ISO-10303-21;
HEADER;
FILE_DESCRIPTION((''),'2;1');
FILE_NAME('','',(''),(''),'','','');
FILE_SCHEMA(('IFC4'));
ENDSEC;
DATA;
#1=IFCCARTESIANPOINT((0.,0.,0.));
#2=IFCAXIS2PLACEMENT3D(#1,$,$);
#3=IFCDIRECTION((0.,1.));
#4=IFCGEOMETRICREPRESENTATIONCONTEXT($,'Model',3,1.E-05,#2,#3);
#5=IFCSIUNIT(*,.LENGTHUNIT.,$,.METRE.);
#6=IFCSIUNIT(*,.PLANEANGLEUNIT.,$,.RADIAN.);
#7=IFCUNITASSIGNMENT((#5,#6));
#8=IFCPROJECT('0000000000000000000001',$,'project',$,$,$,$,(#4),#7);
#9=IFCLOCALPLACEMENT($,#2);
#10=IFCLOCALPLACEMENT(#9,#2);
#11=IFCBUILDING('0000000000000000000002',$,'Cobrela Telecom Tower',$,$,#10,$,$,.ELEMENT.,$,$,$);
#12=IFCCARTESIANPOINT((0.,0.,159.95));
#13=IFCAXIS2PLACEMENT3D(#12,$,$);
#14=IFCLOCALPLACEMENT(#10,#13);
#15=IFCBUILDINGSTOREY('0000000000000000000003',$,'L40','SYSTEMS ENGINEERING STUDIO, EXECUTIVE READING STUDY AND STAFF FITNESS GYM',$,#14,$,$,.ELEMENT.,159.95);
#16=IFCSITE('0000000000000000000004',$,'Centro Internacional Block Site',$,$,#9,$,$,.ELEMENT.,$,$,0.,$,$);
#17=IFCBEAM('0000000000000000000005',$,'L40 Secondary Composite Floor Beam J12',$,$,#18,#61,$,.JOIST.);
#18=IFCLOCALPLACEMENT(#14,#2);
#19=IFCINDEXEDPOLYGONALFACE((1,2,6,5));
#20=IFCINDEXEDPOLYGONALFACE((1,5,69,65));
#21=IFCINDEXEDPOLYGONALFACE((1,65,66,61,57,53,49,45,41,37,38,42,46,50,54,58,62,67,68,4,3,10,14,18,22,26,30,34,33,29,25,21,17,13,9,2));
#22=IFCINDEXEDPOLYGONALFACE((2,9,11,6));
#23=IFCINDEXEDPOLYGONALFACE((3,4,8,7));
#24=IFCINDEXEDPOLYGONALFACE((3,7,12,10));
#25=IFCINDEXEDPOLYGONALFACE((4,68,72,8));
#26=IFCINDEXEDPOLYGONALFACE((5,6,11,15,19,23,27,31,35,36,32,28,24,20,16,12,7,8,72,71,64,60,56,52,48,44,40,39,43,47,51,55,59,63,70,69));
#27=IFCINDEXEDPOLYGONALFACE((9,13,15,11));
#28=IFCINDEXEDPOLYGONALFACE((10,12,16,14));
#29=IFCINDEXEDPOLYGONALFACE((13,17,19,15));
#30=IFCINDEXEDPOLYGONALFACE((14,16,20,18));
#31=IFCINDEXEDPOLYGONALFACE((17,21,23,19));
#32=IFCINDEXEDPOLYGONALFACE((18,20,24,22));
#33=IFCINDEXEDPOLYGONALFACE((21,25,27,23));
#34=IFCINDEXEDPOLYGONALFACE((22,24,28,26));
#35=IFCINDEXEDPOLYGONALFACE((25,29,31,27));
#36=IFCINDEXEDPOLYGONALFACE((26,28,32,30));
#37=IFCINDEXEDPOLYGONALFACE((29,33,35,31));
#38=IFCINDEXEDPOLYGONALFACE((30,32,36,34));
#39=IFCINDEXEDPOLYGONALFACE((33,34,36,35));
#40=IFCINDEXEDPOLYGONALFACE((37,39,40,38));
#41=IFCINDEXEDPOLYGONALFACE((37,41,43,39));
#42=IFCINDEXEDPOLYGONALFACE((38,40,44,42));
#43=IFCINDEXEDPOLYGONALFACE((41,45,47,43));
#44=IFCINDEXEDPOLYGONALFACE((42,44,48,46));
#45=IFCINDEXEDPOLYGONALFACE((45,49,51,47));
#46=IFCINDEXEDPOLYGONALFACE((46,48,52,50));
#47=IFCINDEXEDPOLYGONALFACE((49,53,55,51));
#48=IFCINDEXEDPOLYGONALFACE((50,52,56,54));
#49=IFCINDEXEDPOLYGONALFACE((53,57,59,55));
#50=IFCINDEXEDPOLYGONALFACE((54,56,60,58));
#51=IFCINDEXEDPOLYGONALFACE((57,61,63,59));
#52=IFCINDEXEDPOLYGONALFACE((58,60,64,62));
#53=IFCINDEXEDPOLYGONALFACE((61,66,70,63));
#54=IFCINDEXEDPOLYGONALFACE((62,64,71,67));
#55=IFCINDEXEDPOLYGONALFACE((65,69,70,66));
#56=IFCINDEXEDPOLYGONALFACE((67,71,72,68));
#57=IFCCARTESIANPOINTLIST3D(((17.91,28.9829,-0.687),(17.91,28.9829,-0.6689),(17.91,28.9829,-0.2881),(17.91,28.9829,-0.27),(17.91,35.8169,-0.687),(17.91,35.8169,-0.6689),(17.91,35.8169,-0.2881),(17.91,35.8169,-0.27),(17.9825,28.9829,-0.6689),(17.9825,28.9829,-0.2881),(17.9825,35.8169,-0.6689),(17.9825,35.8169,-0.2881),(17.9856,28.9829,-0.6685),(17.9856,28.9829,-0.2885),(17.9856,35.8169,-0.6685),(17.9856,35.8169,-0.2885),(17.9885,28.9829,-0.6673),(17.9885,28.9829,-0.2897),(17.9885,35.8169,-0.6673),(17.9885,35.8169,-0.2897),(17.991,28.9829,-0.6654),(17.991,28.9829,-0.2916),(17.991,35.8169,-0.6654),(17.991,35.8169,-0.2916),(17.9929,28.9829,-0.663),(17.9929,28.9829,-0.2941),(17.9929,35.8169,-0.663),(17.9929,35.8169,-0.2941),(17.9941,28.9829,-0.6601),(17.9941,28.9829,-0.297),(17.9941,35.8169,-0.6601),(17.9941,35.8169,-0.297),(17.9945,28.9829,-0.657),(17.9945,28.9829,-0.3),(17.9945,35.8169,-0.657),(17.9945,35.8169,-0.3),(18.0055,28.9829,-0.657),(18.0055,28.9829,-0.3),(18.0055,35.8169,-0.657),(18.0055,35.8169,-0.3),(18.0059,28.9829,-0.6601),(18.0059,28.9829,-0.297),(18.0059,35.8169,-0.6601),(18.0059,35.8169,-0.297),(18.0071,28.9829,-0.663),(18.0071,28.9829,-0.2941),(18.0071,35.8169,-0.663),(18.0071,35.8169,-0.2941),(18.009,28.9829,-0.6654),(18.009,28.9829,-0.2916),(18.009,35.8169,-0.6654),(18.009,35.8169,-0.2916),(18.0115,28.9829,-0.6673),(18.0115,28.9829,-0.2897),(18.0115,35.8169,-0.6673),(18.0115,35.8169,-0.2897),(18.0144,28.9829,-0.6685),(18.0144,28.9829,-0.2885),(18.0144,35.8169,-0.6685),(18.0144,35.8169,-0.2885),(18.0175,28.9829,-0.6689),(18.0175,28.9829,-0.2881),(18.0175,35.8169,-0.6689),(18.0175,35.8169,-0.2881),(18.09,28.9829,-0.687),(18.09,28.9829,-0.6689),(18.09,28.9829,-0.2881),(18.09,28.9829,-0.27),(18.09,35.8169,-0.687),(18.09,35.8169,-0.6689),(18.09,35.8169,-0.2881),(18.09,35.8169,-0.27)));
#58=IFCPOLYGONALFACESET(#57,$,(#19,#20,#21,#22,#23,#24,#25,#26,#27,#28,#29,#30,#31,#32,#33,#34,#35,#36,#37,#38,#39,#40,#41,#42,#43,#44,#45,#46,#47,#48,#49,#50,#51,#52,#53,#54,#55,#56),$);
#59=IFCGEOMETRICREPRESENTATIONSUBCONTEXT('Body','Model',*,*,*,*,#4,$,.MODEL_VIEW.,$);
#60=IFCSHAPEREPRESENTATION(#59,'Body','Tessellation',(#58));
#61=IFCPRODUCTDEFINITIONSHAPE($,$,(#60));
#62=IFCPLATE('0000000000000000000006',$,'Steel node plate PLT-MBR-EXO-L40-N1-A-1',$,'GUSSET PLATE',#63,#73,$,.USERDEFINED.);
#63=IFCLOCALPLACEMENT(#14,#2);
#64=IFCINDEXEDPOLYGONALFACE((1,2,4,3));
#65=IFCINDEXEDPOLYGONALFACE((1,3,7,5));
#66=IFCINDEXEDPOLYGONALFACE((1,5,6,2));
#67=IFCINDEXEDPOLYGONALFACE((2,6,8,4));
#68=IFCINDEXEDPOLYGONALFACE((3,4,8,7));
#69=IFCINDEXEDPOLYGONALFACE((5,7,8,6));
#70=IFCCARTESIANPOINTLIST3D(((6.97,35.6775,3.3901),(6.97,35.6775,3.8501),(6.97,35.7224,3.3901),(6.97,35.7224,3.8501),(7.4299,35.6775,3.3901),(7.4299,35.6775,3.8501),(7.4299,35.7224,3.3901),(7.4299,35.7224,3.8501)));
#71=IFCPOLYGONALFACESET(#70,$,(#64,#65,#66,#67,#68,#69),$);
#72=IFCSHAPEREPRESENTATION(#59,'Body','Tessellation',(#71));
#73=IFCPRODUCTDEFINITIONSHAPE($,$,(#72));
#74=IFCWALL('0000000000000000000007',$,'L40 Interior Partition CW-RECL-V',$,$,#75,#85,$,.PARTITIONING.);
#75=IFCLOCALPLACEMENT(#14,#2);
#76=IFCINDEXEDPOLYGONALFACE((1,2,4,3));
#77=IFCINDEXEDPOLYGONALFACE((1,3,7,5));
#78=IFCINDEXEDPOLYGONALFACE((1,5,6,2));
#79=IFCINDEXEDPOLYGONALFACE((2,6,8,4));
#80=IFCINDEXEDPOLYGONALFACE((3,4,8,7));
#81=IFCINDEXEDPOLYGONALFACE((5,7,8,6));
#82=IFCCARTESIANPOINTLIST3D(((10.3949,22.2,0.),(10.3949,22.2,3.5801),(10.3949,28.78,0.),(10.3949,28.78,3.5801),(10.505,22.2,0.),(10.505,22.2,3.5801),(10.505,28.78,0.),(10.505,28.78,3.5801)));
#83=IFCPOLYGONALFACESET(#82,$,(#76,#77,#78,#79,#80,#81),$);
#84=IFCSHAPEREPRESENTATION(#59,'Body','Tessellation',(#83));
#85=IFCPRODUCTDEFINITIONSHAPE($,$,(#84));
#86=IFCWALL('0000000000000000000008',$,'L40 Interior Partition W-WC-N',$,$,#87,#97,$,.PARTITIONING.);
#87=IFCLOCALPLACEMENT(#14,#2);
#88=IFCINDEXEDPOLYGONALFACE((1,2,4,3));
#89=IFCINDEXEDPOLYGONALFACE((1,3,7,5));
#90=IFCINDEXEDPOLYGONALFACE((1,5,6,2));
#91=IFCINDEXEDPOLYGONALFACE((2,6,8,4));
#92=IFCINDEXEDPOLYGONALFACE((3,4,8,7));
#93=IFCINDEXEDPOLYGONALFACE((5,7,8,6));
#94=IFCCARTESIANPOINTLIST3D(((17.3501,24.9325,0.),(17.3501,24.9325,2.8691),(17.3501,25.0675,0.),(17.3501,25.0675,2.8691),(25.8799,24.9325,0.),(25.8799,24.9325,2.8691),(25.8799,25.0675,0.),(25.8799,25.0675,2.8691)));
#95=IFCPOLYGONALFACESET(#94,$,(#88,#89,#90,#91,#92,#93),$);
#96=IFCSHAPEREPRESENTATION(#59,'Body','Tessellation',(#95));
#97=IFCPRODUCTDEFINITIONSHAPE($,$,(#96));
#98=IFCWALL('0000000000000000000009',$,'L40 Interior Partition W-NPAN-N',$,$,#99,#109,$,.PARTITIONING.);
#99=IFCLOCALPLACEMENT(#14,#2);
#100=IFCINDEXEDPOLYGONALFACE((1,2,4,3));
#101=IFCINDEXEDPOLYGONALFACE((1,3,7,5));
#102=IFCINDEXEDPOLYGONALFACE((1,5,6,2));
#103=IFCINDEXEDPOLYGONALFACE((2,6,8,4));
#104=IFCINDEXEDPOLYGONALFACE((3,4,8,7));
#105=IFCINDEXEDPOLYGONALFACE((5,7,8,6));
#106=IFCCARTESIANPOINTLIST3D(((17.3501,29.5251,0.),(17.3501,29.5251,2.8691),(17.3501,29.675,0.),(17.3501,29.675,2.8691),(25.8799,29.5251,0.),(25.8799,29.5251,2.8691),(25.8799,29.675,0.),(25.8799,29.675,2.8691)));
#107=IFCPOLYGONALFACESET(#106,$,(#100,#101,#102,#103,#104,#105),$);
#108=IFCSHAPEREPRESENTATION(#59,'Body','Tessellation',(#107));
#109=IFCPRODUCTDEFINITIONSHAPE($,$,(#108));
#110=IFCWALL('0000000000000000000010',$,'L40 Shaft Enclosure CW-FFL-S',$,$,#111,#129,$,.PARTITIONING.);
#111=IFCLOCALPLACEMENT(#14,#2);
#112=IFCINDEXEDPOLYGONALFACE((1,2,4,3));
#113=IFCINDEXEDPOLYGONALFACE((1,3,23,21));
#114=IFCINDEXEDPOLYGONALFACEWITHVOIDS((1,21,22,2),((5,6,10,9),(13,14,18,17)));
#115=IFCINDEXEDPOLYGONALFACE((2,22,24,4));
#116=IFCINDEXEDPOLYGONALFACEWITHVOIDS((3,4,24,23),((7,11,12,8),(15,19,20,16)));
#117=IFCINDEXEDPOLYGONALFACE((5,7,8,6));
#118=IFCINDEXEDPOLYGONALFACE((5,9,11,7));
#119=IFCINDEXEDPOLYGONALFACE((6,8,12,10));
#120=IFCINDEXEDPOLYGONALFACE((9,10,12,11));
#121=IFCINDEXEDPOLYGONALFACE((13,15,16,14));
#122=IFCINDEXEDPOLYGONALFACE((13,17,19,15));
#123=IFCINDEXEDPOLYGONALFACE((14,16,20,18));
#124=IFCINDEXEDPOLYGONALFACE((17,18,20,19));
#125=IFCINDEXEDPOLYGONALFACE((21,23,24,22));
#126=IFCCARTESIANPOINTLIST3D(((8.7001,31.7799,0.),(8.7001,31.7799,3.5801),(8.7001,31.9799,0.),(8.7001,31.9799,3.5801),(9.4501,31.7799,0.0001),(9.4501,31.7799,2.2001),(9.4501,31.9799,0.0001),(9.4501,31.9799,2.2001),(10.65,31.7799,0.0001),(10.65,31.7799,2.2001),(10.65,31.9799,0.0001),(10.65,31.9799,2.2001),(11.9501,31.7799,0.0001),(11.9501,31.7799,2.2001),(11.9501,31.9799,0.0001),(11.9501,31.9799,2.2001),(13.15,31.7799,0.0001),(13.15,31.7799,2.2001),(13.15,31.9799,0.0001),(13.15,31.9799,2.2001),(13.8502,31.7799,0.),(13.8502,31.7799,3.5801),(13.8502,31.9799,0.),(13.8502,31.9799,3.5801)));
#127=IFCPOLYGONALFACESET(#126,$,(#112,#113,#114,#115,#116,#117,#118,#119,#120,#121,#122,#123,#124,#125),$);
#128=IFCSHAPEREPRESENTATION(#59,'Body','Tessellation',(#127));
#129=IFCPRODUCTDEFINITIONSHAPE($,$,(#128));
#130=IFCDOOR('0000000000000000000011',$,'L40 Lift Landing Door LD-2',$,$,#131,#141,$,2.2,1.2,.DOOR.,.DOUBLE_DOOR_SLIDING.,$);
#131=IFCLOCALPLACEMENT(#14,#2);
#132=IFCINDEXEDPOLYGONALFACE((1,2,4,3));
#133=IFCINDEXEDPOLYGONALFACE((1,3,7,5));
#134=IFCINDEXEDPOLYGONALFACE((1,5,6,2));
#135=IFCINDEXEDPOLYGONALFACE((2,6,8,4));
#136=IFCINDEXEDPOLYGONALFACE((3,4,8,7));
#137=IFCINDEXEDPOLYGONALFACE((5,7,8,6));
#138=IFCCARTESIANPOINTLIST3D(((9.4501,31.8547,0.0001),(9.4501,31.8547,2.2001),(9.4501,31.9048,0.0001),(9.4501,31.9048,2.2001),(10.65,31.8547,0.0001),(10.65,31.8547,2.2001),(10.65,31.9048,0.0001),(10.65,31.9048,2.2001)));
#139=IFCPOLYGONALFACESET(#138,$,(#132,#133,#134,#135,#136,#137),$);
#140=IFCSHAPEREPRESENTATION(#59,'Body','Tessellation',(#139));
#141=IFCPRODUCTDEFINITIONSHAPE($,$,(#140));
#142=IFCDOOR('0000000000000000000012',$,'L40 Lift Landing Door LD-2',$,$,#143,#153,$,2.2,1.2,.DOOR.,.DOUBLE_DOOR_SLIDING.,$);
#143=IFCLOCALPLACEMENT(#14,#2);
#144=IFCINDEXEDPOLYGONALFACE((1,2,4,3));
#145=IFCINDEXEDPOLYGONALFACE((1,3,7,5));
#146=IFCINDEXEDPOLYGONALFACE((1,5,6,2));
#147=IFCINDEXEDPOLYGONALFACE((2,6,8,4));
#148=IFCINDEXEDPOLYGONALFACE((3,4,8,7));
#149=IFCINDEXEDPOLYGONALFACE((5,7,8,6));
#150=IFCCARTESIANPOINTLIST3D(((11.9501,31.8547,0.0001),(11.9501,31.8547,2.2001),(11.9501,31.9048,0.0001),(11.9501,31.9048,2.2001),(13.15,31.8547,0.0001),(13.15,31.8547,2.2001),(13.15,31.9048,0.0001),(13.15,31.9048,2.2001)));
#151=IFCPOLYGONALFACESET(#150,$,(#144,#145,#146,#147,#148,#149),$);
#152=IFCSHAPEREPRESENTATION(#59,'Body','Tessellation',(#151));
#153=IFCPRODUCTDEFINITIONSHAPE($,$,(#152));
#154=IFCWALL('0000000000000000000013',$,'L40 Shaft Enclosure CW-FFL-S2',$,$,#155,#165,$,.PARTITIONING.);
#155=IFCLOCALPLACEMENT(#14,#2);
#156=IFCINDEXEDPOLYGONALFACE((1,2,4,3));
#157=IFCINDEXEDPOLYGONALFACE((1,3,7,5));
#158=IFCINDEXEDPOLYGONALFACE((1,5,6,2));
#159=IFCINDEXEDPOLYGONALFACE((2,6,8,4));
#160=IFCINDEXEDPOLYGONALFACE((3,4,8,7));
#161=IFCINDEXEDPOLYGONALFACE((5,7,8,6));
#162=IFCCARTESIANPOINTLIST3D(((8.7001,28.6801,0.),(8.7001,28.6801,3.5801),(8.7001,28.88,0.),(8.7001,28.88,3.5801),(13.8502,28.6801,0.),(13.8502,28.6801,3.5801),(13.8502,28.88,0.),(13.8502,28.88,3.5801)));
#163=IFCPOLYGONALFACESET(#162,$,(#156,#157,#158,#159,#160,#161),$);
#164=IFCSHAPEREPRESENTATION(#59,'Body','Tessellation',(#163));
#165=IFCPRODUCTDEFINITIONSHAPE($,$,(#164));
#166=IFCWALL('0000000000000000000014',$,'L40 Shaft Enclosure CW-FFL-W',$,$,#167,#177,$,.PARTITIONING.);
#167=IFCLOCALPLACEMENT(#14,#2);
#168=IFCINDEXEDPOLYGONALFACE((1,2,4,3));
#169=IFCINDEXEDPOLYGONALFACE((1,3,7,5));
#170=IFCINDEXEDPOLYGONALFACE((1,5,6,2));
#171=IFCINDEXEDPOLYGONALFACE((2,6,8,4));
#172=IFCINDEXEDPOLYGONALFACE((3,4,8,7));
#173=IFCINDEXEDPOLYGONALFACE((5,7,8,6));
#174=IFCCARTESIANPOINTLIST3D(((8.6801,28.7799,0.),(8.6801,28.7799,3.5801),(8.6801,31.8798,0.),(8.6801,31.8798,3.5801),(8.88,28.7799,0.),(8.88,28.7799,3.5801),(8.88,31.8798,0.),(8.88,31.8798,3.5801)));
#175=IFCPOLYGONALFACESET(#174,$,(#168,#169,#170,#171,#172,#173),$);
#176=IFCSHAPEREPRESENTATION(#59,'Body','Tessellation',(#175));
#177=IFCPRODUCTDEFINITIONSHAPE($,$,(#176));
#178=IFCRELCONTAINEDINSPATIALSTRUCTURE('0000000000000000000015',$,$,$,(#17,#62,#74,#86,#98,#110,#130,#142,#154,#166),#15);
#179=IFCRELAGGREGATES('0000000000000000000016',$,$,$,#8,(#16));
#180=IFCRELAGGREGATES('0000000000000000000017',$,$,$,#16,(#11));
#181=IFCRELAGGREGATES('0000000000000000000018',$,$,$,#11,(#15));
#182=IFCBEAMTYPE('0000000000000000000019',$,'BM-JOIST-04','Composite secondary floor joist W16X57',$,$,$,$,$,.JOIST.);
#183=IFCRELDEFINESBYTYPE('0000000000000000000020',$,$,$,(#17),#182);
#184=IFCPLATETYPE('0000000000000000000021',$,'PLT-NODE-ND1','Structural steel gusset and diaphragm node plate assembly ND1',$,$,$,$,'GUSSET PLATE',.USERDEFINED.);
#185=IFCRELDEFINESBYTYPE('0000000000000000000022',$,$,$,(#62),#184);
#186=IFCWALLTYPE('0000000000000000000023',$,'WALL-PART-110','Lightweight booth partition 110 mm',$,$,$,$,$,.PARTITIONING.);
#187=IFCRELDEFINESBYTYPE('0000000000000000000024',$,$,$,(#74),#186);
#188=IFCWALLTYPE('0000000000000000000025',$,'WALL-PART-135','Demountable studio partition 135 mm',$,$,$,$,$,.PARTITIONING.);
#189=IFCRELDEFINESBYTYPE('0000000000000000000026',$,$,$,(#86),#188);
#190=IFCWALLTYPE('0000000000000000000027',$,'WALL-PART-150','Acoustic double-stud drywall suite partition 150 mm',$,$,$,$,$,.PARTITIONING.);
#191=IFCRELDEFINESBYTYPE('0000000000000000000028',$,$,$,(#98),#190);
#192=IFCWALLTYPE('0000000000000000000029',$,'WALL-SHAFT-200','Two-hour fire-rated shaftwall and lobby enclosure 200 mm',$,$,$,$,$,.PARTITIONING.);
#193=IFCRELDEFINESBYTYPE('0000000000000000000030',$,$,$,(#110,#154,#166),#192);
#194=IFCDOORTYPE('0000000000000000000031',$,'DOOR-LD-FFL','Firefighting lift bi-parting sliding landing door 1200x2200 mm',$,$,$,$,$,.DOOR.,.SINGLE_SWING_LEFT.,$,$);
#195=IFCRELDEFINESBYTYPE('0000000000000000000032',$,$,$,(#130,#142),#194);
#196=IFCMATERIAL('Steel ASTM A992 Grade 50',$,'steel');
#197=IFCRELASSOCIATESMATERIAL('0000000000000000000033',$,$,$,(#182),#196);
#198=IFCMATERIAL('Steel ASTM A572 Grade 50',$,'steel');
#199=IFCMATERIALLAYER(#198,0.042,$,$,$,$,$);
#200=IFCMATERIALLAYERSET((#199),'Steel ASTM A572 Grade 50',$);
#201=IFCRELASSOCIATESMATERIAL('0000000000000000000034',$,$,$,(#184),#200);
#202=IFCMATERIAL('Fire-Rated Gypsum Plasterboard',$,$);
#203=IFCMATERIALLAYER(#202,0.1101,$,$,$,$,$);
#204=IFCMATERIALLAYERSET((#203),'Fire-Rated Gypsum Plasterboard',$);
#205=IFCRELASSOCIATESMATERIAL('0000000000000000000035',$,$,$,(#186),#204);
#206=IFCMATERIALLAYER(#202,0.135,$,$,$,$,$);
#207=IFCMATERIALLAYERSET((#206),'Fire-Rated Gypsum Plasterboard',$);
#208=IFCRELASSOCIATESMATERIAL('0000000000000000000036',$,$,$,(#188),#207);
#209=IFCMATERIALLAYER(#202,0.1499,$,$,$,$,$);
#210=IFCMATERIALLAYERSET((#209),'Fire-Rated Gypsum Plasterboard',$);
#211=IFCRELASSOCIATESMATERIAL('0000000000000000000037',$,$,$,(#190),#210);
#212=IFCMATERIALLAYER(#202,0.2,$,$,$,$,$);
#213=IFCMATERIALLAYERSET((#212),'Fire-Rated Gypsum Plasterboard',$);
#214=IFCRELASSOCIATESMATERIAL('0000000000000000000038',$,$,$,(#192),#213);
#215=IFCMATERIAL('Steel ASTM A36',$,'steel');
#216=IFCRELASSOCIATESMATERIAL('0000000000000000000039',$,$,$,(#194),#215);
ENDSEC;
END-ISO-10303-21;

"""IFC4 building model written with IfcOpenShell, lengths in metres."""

from ifc_helpers import new_model, si_unit, direction, frame, frame_2d, origin, origin_2d, place, context, subcontext, project, spatial, rectangle, i_section, extrude, material, layer, layer_set, material_profile, profile_set, type_object, element, fill, save


model = new_model("IFC4")

# Units and contexts
model_context = context("Model", 3, precision=1e-05, world=origin(), true_north=direction((0.0, 1.0)))
body_context = subcontext(model_context, "Body", "Model", "MODEL_VIEW")
ifc_project = project(units=[si_unit("LENGTHUNIT", "METRE"), si_unit("PLANEANGLEUNIT", "RADIAN")], contexts=[model_context])

# Site, building, storey
site_placement = place(None, origin())
site = spatial("IfcSite", under=ifc_project, at=site_placement, Name="Centro Internacional Block Site", CompositionType="ELEMENT", RefElevation=0.0)
building_placement = place(site_placement, origin())
building = spatial("IfcBuilding", under=site, at=building_placement, Name="Cobrela Telecom Tower", CompositionType="ELEMENT")
storey_placement = place(building_placement, frame((0.0, 0.0, 159.95)))
storey = spatial("IfcBuildingStorey", under=building, at=storey_placement, Name="L40", Description="SYSTEMS ENGINEERING STUDIO, EXECUTIVE READING STUDY AND STAFF FITNESS GYM", CompositionType="ELEMENT", Elevation=159.95)

# Beam
ifc_material_1 = material(Name="Steel ASTM A992 Grade 50", Category="steel")
ifc_material_profile_1 = material_profile(ifc_material_1, i_section(OverallWidth=0.1799, OverallDepth=0.417, WebThickness=0.011, FlangeThickness=0.0181, FilletRadius=0.012, at=origin_2d()), Name="W16X57")
ifc_profile_set_1 = profile_set([ifc_material_profile_1], Name="Steel ASTM A992 Grade 50")
beam_type_1 = type_object("IfcBeamType", Name="BM-JOIST-04", Description="Composite secondary floor joist W16X57", PredefinedType="JOIST", material=ifc_profile_set_1)
for number, where, z_axis, x_axis, name in (
    (1, (18.0, 28.9829, -0.4785), (0.0, 1.0, 0.0), (-1.0, 0.0, 0.0), "L40 Secondary Composite Floor Beam J12"),
):
    element("IfcBeam", number, at=place(storey_placement, frame(where, z_axis=z_axis, x_axis=x_axis)), inside=storey, type_object=beam_type_1, Name=name, PredefinedType="JOIST", context=body_context, shape_type="SweptSolid", body=[
        extrude(i_section(OverallWidth=0.1799, OverallDepth=0.417, WebThickness=0.011, FlangeThickness=0.0181, FilletRadius=0.012, at=origin_2d()), origin(), (0.0, 0.0, 1.0), 6.834),
    ])

# Plate
ifc_material_2 = material(Name="Steel ASTM A572 Grade 50", Category="steel")
ifc_layer_1 = layer(ifc_material_2, 0.042)
ifc_layer_set_1 = layer_set([ifc_layer_1], Name="Steel ASTM A572 Grade 50")
plate_type = type_object("IfcPlateType", Name="PLT-NODE-ND1", Description="Structural steel gusset and diaphragm node plate assembly ND1", ElementType="GUSSET PLATE", PredefinedType="USERDEFINED", material=ifc_layer_set_1)
plate_placement = place(storey_placement, frame((7.2, 35.7, 3.3901), z_axis=(0.0, 0.0, 1.0), x_axis=(1.0, 0.0, 0.0)))
element("IfcPlate", 2, at=plate_placement, inside=storey, type_object=plate_type, Name="Steel node plate PLT-MBR-EXO-L40-N1-A-1", ObjectType="GUSSET PLATE", PredefinedType="USERDEFINED", context=body_context, shape_type="SweptSolid", body=[
    extrude(rectangle(XDim=0.46, YDim=0.0449, at=origin_2d()), origin(), (0.0, 0.0, 1.0), 0.46),
])

# Shared definitions
ifc_material_3 = material(Name="Steel ASTM A36", Category="steel")

# Walls
ifc_material_4 = material(Name="Fire-Rated Gypsum Plasterboard")
ifc_layer_2 = layer(ifc_material_4, 0.1101)
ifc_layer_set_2 = layer_set([ifc_layer_2], Name="Fire-Rated Gypsum Plasterboard")
wall_type_1 = type_object("IfcWallType", Name="WALL-PART-110", Description="Lightweight booth partition 110 mm", PredefinedType="PARTITIONING", material=ifc_layer_set_2)
wall_1_placement = place(storey_placement, frame((10.45, 22.2, 0.0), z_axis=(0.0, 0.0, 1.0), x_axis=(0.0, 1.0, 0.0)))
element("IfcWall", 3, at=wall_1_placement, inside=storey, type_object=wall_type_1, Name="L40 Interior Partition CW-RECL-V", PredefinedType="PARTITIONING", context=body_context, shape_type="SweptSolid", body=[
    extrude(rectangle(XDim=6.5801, YDim=0.1101, at=frame_2d((3.29, 0.0))), origin(), (0.0, 0.0, 1.0), 3.5801),
])
ifc_layer_3 = layer(ifc_material_4, 0.135)
ifc_layer_set_3 = layer_set([ifc_layer_3], Name="Fire-Rated Gypsum Plasterboard")
wall_type_2 = type_object("IfcWallType", Name="WALL-PART-135", Description="Demountable studio partition 135 mm", PredefinedType="PARTITIONING", material=ifc_layer_set_3)
wall_2_placement = place(storey_placement, frame((17.3501, 25.0, 0.0), z_axis=(0.0, 0.0, 1.0), x_axis=(1.0, 0.0, 0.0)))
element("IfcWall", 4, at=wall_2_placement, inside=storey, type_object=wall_type_2, Name="L40 Interior Partition W-WC-N", PredefinedType="PARTITIONING", context=body_context, shape_type="SweptSolid", body=[
    extrude(rectangle(XDim=8.5298, YDim=0.135, at=frame_2d((4.2649, 0.0))), origin(), (0.0, 0.0, 1.0), 2.8691),
])
ifc_layer_4 = layer(ifc_material_4, 0.1499)
ifc_layer_set_4 = layer_set([ifc_layer_4], Name="Fire-Rated Gypsum Plasterboard")
wall_type_3 = type_object("IfcWallType", Name="WALL-PART-150", Description="Acoustic double-stud drywall suite partition 150 mm", PredefinedType="PARTITIONING", material=ifc_layer_set_4)
wall_3_placement = place(storey_placement, frame((17.3501, 29.6001, 0.0), z_axis=(0.0, 0.0, 1.0), x_axis=(1.0, 0.0, 0.0)))
element("IfcWall", 5, at=wall_3_placement, inside=storey, type_object=wall_type_3, Name="L40 Interior Partition W-NPAN-N", PredefinedType="PARTITIONING", context=body_context, shape_type="SweptSolid", body=[
    extrude(rectangle(XDim=8.5298, YDim=0.1499, at=frame_2d((4.2649, 0.0))), origin(), (0.0, 0.0, 1.0), 2.8691),
])

# Wall, openings, doors
ifc_layer_5 = layer(ifc_material_4, 0.2)
ifc_layer_set_5 = layer_set([ifc_layer_5], Name="Fire-Rated Gypsum Plasterboard")
wall_type_4 = type_object("IfcWallType", Name="WALL-SHAFT-200", Description="Two-hour fire-rated shaftwall and lobby enclosure 200 mm", PredefinedType="PARTITIONING", material=ifc_layer_set_5)
wall_4_placement = place(storey_placement, frame((8.7, 31.8799, 0.0), z_axis=(0.0, 0.0, 1.0), x_axis=(1.0, 0.0, 0.0)))
wall_4 = element("IfcWall", 6, at=wall_4_placement, inside=storey, type_object=wall_type_4, Name="L40 Shaft Enclosure CW-FFL-S", PredefinedType="PARTITIONING", context=body_context, shape_type="SweptSolid", body=[
    extrude(rectangle(XDim=5.1501, YDim=0.2, at=frame_2d((2.5752, 0.0))), origin(), (0.0, 0.0, 1.0), 3.5801),
])
opening_1_placement = place(wall_4_placement, frame((0.75, 0.0, 0.0)))
opening_1 = element("IfcOpeningElement", 7, at=opening_1_placement, cuts=wall_4, PredefinedType="OPENING", context=body_context, shape_type="SweptSolid", body=[
    extrude(rectangle(XDim=1.2, YDim=2.2, at=frame_2d((0.6001, 1.1001))), frame((0.0, 0.1118, 0.0), z_axis=(0.0, -1.0, 0.0), x_axis=(1.0, 0.0, 0.0)), (0.0, 0.0, 1.0), 0.2239),
])
opening_2_placement = place(wall_4_placement, frame((3.25, 0.0, 0.0)))
opening_2 = element("IfcOpeningElement", 8, at=opening_2_placement, cuts=wall_4, PredefinedType="OPENING", context=body_context, shape_type="SweptSolid", body=[
    extrude(rectangle(XDim=1.2, YDim=2.2, at=frame_2d((0.6001, 1.1001))), frame((0.0, 0.1118, 0.0), z_axis=(0.0, -1.0, 0.0), x_axis=(1.0, 0.0, 0.0)), (0.0, 0.0, 1.0), 0.2239),
])
door_type_1 = type_object("IfcDoorType", Name="DOOR-LD-FFL", Description="Firefighting lift bi-parting sliding landing door 1200x2200 mm", OperationType="SINGLE_SWING_LEFT", PredefinedType="DOOR", material=ifc_material_3)
door_1_placement = place(opening_1_placement, origin())
door_1 = element("IfcDoor", 9, at=door_1_placement, inside=storey, type_object=door_type_1, Name="L40 Lift Landing Door LD-2", OperationType="DOUBLE_DOOR_SLIDING", OverallHeight=2.2, OverallWidth=1.2, PredefinedType="DOOR", context=body_context, shape_type="SweptSolid", body=[
    extrude(rectangle(XDim=1.2, YDim=2.2, at=frame_2d((0.6001, 1.1001))), frame((0.0, 0.0249, 0.0), z_axis=(0.0, -1.0, 0.0), x_axis=(1.0, 0.0, 0.0)), (0.0, 0.0, 1.0), 0.05),
])
fill(opening_1, door_1)
door_2_placement = place(opening_2_placement, origin())
door_2 = element("IfcDoor", 10, at=door_2_placement, inside=storey, type_object=door_type_1, Name="L40 Lift Landing Door LD-2", OperationType="DOUBLE_DOOR_SLIDING", OverallHeight=2.2, OverallWidth=1.2, PredefinedType="DOOR", context=body_context, shape_type="SweptSolid", body=[
    extrude(rectangle(XDim=1.2, YDim=2.2, at=frame_2d((0.6001, 1.1001))), frame((0.0, 0.0249, 0.0), z_axis=(0.0, -1.0, 0.0), x_axis=(1.0, 0.0, 0.0)), (0.0, 0.0, 1.0), 0.05),
])
fill(opening_2, door_2)

# Walls
wall_5_placement = place(storey_placement, frame((8.7, 28.78, 0.0), z_axis=(0.0, 0.0, 1.0), x_axis=(1.0, 0.0, 0.0)))
element("IfcWall", 11, at=wall_5_placement, inside=storey, type_object=wall_type_4, Name="L40 Shaft Enclosure CW-FFL-S2", PredefinedType="PARTITIONING", context=body_context, shape_type="SweptSolid", body=[
    extrude(rectangle(XDim=5.1501, YDim=0.2, at=frame_2d((2.5752, 0.0))), origin(), (0.0, 0.0, 1.0), 3.5801),
])
for number, where, z_axis, x_axis, name in (
    (12, (8.78, 28.78, 0.0), (0.0, 0.0, 1.0), (0.0, 1.0, 0.0), "L40 Shaft Enclosure CW-FFL-W"),
):
    element("IfcWall", number, at=place(storey_placement, frame(where, z_axis=z_axis, x_axis=x_axis)), inside=storey, type_object=wall_type_4, Name=name, PredefinedType="PARTITIONING", context=body_context, shape_type="SweptSolid", body=[
        extrude(rectangle(XDim=3.0999, YDim=0.2, at=frame_2d((1.5498, 0.0))), origin(), (0.0, 0.0, 1.0), 3.5801),
    ])

save(model, "model.ifc")
